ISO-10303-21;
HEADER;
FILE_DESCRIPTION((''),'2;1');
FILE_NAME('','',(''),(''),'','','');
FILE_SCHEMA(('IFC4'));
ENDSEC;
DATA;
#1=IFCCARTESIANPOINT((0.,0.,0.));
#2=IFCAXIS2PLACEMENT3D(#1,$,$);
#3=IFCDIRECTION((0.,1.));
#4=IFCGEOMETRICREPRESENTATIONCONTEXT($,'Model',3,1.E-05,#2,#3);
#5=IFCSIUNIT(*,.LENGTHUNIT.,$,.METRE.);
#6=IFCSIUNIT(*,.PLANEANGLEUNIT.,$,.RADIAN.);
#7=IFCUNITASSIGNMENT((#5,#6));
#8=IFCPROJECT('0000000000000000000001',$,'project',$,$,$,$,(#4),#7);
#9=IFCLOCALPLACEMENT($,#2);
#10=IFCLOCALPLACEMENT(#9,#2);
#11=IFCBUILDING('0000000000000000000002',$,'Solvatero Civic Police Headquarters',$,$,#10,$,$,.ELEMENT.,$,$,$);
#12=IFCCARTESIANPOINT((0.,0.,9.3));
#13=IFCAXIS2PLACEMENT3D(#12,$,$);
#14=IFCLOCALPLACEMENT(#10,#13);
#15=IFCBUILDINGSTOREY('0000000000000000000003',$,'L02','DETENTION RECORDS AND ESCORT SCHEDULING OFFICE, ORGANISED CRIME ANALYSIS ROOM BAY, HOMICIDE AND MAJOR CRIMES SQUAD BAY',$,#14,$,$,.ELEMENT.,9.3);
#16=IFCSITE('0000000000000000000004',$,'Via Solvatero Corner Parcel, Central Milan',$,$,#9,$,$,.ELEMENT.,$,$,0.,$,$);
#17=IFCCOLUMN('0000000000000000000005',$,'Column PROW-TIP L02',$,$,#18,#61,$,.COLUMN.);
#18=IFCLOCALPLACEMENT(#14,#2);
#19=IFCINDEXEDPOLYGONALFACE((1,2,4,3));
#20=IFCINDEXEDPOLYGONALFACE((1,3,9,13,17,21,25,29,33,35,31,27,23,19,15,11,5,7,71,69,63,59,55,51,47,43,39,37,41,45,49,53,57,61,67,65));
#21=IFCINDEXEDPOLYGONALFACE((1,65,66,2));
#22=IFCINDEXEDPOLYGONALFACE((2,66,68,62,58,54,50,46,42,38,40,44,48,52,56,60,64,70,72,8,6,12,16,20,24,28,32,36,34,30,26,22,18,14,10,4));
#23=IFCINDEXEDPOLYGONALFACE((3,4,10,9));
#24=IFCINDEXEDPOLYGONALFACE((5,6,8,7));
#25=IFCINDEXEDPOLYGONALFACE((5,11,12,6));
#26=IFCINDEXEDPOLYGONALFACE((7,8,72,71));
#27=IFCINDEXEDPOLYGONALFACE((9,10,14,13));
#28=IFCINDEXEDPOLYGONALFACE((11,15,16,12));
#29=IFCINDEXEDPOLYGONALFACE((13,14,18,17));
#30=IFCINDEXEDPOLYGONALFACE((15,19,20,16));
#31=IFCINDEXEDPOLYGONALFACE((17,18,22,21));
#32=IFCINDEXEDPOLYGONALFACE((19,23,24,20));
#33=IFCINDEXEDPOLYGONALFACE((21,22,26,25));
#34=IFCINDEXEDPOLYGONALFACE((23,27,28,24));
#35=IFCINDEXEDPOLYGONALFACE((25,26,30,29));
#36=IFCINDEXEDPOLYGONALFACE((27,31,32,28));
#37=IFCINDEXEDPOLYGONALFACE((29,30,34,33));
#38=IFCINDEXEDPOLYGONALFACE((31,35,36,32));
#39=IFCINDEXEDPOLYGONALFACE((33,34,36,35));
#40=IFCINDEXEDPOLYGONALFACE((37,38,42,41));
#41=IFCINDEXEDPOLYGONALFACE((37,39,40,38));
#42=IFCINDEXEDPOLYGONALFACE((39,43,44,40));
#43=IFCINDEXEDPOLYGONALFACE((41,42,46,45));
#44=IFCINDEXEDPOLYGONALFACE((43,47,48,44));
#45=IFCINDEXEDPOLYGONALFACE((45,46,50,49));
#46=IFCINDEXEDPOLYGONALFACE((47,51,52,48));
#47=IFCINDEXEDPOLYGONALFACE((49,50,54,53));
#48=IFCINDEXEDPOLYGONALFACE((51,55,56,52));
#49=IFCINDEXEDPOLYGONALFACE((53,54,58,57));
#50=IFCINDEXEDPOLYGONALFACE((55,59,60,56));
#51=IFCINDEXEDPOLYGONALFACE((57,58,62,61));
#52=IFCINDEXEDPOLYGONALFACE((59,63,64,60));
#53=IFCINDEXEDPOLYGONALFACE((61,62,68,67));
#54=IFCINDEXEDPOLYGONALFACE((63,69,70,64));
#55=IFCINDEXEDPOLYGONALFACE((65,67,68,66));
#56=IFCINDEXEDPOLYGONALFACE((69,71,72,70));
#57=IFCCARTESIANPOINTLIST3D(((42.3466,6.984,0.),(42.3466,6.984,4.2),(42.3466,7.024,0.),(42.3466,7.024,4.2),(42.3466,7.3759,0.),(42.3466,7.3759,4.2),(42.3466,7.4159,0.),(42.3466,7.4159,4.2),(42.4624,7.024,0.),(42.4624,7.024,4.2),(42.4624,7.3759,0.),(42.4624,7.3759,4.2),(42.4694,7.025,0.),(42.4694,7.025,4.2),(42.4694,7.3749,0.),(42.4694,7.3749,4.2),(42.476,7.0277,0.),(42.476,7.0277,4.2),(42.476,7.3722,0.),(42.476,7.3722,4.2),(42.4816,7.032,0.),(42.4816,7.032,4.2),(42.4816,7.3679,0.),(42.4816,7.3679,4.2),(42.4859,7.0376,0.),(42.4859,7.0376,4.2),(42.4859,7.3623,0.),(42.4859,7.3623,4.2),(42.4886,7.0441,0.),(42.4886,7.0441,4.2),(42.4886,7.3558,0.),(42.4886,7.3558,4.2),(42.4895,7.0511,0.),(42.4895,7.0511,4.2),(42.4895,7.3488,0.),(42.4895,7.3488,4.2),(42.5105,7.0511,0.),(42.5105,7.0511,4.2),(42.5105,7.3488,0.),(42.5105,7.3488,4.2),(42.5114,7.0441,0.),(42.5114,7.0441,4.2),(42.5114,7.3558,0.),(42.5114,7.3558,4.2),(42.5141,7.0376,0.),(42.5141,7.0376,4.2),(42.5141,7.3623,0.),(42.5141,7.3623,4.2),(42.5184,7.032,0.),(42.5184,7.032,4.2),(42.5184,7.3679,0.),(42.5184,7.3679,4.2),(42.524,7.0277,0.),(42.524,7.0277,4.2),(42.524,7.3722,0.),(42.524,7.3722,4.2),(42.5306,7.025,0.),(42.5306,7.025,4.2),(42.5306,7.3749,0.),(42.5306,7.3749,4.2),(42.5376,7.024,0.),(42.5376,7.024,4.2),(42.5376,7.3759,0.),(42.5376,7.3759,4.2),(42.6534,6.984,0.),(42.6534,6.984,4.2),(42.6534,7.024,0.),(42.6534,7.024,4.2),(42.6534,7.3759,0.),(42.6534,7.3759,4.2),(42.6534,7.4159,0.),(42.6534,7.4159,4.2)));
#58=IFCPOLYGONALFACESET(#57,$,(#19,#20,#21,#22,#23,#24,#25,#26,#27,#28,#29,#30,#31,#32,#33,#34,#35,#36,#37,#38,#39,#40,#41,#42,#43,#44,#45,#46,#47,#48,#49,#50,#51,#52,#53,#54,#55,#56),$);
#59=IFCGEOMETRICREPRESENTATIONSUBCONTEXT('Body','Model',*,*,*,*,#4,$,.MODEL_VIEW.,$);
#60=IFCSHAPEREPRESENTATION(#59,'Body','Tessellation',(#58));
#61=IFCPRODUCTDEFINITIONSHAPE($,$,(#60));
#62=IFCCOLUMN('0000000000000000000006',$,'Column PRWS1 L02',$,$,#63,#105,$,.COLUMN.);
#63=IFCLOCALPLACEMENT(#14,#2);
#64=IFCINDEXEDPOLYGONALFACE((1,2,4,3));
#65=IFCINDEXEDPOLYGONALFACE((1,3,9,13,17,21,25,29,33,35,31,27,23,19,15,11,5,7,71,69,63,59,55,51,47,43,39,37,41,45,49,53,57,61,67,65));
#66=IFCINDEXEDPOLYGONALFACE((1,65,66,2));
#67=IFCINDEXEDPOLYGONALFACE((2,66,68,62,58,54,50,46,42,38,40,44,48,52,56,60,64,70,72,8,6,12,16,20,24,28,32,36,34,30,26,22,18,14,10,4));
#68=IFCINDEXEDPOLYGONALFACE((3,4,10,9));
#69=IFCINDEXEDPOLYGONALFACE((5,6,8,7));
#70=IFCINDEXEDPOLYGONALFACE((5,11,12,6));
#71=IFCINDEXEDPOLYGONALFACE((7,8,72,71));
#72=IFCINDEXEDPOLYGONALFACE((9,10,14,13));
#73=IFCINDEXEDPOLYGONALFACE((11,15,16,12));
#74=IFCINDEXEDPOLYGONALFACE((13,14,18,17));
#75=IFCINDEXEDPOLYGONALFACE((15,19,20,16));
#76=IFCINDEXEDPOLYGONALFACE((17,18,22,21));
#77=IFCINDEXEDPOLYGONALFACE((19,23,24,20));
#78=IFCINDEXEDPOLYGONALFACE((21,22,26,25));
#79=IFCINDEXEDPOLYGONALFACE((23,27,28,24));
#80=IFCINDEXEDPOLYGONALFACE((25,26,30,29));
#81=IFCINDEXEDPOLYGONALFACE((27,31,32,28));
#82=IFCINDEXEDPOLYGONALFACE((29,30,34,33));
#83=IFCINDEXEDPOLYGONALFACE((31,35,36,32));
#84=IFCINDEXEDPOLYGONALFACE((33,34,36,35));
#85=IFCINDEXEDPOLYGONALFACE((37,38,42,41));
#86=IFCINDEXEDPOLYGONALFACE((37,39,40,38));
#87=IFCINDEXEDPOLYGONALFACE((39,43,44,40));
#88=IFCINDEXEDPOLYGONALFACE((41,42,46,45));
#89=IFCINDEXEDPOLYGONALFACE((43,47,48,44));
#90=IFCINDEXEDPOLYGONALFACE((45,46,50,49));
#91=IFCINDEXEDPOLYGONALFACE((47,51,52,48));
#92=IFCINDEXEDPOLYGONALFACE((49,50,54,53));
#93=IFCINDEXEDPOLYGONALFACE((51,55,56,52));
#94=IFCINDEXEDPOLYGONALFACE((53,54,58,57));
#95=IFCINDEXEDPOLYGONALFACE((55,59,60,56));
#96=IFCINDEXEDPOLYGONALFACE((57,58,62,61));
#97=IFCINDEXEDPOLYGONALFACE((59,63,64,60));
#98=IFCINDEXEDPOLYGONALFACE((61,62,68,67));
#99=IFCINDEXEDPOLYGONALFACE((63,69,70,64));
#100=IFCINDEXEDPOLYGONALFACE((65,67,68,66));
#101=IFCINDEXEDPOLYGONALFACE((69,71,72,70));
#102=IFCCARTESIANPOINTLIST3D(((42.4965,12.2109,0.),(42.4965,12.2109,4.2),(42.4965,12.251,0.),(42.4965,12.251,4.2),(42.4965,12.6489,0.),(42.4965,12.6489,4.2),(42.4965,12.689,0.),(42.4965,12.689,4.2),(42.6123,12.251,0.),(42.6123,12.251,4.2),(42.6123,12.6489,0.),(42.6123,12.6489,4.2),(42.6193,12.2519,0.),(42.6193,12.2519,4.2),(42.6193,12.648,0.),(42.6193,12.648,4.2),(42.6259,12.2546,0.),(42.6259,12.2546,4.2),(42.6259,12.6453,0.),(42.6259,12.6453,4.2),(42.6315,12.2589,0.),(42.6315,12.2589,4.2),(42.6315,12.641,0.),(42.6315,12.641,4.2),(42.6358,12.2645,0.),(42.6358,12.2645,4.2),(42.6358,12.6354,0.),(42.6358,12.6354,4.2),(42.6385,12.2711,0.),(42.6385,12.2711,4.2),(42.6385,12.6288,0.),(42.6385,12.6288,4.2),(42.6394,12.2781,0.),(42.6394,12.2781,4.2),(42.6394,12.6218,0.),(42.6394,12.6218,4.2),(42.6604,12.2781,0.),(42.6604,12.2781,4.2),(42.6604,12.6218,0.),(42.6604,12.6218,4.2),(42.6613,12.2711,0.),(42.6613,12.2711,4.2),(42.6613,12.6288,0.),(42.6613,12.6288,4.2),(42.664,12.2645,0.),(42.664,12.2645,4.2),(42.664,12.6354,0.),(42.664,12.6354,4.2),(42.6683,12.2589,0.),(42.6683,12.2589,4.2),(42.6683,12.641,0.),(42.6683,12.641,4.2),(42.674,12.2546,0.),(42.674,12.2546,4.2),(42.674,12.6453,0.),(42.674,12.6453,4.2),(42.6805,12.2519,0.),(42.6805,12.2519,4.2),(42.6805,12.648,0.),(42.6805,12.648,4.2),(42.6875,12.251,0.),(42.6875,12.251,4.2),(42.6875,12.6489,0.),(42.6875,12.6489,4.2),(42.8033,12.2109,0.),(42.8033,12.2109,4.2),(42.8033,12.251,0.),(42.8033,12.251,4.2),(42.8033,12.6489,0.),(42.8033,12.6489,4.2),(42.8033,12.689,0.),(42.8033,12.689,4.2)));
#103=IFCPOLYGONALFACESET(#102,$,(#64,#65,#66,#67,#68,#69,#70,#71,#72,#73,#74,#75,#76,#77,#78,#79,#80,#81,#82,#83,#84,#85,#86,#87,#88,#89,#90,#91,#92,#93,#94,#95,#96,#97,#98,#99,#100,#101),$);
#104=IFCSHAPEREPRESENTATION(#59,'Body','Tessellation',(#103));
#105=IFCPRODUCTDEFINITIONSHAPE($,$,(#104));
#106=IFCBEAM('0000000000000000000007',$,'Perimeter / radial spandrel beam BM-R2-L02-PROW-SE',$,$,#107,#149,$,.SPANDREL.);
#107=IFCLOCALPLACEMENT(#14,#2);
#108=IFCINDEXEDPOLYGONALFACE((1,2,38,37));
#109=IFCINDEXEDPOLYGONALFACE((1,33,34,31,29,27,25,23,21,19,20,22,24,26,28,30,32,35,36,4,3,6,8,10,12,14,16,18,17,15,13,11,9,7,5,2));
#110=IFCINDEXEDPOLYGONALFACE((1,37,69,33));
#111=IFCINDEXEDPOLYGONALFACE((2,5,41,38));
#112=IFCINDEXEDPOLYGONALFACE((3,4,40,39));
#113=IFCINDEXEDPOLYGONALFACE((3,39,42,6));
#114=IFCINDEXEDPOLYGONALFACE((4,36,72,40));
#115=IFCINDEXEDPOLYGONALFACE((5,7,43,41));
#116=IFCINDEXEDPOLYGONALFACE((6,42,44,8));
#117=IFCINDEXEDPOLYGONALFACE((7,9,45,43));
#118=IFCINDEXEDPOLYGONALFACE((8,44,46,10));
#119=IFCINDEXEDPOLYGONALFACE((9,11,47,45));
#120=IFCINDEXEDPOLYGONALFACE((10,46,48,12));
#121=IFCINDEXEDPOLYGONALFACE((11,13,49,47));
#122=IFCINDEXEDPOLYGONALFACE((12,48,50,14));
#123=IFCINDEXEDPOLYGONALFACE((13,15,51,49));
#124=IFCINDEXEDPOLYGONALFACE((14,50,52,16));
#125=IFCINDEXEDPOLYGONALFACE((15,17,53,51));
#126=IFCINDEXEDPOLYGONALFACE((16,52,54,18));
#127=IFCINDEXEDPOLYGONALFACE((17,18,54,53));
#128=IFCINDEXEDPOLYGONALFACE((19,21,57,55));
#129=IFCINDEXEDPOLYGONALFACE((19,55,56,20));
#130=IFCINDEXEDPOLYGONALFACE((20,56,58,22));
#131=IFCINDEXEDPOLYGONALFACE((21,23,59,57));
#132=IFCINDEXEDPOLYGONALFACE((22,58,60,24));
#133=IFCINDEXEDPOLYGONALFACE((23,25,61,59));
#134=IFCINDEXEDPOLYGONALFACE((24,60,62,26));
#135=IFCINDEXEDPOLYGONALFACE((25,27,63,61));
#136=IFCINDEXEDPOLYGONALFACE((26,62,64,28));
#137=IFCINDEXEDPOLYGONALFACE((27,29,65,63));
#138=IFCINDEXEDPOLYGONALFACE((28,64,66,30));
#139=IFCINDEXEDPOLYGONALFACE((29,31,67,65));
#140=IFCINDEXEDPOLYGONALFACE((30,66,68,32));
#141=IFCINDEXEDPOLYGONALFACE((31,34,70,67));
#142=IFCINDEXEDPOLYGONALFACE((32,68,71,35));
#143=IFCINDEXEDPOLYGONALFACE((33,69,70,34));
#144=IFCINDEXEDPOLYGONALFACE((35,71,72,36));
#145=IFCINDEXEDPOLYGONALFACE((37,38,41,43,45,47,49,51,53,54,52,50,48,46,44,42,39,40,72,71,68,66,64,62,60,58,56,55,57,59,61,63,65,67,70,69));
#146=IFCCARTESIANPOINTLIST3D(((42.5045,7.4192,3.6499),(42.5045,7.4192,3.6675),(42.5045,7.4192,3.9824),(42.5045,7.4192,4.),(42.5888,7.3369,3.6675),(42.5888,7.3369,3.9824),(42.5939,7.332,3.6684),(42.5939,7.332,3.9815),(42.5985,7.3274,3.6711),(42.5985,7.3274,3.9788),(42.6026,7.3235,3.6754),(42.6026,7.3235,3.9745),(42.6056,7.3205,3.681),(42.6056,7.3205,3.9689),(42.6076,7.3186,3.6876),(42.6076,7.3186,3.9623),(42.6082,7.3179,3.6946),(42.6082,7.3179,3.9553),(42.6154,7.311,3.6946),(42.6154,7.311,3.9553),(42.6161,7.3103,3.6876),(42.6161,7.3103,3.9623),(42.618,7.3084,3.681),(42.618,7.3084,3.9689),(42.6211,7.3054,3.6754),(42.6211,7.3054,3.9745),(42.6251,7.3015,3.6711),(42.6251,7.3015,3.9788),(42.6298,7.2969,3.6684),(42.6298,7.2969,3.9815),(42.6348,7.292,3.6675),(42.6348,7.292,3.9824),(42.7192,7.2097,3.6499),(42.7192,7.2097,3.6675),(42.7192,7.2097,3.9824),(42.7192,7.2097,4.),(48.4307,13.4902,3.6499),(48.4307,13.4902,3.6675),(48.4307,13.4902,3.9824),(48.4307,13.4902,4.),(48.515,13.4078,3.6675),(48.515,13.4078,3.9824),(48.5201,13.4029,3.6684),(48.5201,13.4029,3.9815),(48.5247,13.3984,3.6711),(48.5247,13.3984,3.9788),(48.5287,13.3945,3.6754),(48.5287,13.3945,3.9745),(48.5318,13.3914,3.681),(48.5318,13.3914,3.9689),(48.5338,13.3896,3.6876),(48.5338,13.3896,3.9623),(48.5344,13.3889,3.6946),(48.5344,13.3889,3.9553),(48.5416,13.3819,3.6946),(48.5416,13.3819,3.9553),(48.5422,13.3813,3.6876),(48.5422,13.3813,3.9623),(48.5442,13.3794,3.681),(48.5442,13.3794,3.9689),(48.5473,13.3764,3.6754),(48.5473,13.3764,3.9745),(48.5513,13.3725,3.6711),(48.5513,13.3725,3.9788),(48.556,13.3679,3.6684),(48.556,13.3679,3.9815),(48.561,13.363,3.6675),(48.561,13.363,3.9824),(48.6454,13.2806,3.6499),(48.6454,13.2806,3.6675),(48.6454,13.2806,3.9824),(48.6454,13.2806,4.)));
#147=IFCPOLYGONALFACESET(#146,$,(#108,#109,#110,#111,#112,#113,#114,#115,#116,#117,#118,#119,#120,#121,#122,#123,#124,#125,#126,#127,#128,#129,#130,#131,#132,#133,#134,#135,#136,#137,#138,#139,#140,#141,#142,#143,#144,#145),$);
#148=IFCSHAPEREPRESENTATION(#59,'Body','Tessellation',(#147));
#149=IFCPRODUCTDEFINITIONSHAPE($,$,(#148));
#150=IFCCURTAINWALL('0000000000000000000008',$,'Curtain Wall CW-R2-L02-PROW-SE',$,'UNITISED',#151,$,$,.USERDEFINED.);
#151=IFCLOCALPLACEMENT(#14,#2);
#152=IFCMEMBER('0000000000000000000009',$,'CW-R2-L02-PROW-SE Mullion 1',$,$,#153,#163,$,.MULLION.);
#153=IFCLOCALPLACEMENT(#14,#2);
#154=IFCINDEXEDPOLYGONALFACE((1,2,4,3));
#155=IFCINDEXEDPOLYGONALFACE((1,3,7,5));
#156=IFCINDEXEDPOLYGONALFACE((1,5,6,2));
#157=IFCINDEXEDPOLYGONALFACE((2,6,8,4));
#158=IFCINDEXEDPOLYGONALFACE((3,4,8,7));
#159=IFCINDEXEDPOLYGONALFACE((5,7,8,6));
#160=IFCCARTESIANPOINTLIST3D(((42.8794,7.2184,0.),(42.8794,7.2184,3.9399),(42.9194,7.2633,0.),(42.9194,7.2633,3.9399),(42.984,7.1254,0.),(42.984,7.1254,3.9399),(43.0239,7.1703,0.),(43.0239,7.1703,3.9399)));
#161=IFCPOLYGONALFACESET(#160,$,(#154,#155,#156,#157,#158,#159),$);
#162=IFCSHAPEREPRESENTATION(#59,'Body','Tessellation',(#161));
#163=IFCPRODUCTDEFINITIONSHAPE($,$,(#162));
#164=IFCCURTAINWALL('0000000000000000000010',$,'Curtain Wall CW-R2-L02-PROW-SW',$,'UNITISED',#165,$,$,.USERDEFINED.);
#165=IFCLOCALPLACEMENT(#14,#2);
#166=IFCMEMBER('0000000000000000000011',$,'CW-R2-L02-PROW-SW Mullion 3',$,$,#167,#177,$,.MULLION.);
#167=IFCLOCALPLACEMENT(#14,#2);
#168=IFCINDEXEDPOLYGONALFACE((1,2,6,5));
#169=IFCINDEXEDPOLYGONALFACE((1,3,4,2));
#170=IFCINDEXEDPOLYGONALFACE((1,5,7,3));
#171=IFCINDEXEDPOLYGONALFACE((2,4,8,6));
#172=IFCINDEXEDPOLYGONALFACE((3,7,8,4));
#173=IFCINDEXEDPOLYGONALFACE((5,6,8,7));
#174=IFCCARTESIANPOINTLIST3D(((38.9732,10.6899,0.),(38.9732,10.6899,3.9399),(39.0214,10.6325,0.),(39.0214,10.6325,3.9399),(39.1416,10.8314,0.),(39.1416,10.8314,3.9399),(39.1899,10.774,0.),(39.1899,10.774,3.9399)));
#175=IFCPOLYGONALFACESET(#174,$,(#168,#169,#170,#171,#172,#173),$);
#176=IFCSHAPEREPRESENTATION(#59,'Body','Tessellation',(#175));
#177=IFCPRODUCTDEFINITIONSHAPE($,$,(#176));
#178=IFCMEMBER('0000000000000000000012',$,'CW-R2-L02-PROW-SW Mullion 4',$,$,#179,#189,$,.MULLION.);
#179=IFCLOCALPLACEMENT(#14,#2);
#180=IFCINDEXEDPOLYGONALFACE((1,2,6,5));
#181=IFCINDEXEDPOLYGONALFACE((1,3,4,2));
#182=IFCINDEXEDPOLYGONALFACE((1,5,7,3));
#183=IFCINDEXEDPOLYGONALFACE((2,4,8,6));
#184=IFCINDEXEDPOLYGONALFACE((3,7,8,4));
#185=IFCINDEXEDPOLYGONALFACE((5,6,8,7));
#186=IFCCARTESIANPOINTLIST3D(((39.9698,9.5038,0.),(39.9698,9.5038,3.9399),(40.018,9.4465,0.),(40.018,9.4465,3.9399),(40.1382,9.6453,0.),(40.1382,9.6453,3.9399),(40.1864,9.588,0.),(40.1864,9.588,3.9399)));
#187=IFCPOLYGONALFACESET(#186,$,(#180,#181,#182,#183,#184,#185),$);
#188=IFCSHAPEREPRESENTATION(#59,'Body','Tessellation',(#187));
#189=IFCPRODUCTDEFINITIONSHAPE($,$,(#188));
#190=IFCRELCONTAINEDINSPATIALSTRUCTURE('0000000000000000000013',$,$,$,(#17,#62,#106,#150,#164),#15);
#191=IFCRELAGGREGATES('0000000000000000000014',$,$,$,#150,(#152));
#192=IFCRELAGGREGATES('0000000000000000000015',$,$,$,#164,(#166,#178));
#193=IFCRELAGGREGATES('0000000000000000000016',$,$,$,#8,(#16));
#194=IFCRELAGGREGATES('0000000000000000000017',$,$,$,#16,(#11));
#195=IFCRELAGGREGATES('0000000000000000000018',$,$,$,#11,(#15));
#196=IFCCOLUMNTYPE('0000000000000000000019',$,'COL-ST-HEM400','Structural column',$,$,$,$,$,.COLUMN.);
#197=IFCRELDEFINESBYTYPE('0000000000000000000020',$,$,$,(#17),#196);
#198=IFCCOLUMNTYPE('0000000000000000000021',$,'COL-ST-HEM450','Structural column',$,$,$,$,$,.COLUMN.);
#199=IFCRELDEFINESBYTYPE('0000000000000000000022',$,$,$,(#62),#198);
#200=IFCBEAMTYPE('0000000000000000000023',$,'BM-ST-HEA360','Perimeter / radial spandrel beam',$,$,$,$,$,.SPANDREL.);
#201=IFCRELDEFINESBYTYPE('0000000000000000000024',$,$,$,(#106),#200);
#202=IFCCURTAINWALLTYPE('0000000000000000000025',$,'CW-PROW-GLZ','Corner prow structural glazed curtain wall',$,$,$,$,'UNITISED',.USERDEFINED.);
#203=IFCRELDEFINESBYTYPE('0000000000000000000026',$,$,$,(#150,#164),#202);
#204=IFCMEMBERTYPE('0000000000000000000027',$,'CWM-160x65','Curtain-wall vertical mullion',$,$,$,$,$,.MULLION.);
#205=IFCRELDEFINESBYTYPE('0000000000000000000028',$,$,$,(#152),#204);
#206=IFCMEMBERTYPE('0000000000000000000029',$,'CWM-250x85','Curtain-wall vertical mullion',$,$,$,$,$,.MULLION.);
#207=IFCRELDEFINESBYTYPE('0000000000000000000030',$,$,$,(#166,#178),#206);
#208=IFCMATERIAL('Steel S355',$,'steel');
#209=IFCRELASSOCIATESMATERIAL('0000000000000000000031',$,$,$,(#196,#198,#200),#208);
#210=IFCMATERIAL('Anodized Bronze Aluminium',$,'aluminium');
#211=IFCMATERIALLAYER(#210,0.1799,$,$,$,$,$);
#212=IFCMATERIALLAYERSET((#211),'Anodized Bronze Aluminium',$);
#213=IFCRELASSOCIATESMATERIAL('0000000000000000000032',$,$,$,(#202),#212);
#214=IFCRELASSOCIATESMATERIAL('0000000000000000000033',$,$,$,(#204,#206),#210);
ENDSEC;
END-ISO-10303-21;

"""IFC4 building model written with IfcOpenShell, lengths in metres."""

from ifc_helpers import new_model, si_unit, direction, frame, origin, origin_2d, place, context, subcontext, project, spatial, rectangle, i_section, extrude, material, layer, layer_set, material_profile, profile_set, type_object, element, aggregate, save


model = new_model("IFC4")

# Units and contexts
model_context = context("Model", 3, precision=1e-05, world=origin(), true_north=direction((0.0, 1.0)))
body_context = subcontext(model_context, "Body", "Model", "MODEL_VIEW")
ifc_project = project(units=[si_unit("LENGTHUNIT", "METRE"), si_unit("PLANEANGLEUNIT", "RADIAN")], contexts=[model_context])

# Site, building, storey
site_placement = place(None, origin())
site = spatial("IfcSite", under=ifc_project, at=site_placement, Name="Via Solvatero Corner Parcel, Central Milan", CompositionType="ELEMENT", RefElevation=0.0)
building_placement = place(site_placement, origin())
building = spatial("IfcBuilding", under=site, at=building_placement, Name="Solvatero Civic Police Headquarters", CompositionType="ELEMENT")
storey_placement = place(building_placement, frame((0.0, 0.0, 9.3)))
storey = spatial("IfcBuildingStorey", under=building, at=storey_placement, Name="L02", Description="DETENTION RECORDS AND ESCORT SCHEDULING OFFICE, ORGANISED CRIME ANALYSIS ROOM BAY, HOMICIDE AND MAJOR CRIMES SQUAD BAY", CompositionType="ELEMENT", Elevation=9.3)

# Columns
ifc_material_1 = material(Name="Steel S355", Category="steel")
ifc_material_profile_1 = material_profile(ifc_material_1, i_section(OverallWidth=0.3069, OverallDepth=0.4319, WebThickness=0.021, FlangeThickness=0.04, FilletRadius=0.0271, at=origin_2d()), Name="HEM 400")
ifc_profile_set_1 = profile_set([ifc_material_profile_1], Name="Steel S355")
column_type_1 = type_object("IfcColumnType", Name="COL-ST-HEM400", Description="Structural column", PredefinedType="COLUMN", material=ifc_profile_set_1)
column_1_placement = place(storey_placement, frame((42.5, 7.2, 0.0), z_axis=(0.0, 0.0, 1.0), x_axis=(1.0, 0.0, 0.0)))
element("IfcColumn", 1, at=column_1_placement, inside=storey, type_object=column_type_1, Name="Column PROW-TIP L02", PredefinedType="COLUMN", context=body_context, shape_type="SweptSolid", body=[
    extrude(i_section(OverallWidth=0.3069, OverallDepth=0.4319, WebThickness=0.021, FlangeThickness=0.04, FilletRadius=0.0271, at=origin_2d()), origin(), (0.0, 0.0, 1.0), 4.2),
])
ifc_material_profile_2 = material_profile(ifc_material_1, i_section(OverallWidth=0.3069, OverallDepth=0.478, WebThickness=0.021, FlangeThickness=0.04, FilletRadius=0.0271, at=origin_2d()), Name="HEM 450")
ifc_profile_set_2 = profile_set([ifc_material_profile_2], Name="Steel S355")
column_type_2 = type_object("IfcColumnType", Name="COL-ST-HEM450", Description="Structural column", PredefinedType="COLUMN", material=ifc_profile_set_2)
column_2_placement = place(storey_placement, frame((42.6499, 12.45, 0.0), z_axis=(0.0, 0.0, 1.0), x_axis=(1.0, 0.0, 0.0)))
element("IfcColumn", 2, at=column_2_placement, inside=storey, type_object=column_type_2, Name="Column PRWS1 L02", PredefinedType="COLUMN", context=body_context, shape_type="SweptSolid", body=[
    extrude(i_section(OverallWidth=0.3069, OverallDepth=0.478, WebThickness=0.021, FlangeThickness=0.04, FilletRadius=0.0271, at=origin_2d()), origin(), (0.0, 0.0, 1.0), 4.2),
])

# Beam
ifc_material_profile_3 = material_profile(ifc_material_1, i_section(OverallWidth=0.3, OverallDepth=0.3501, WebThickness=0.01, FlangeThickness=0.0176, FilletRadius=0.0271, at=origin_2d()), Name="HEA 360")
ifc_profile_set_3 = profile_set([ifc_material_profile_3], Name="Steel S355")
beam_type = type_object("IfcBeamType", Name="BM-ST-HEA360", Description="Perimeter / radial spandrel beam", PredefinedType="SPANDREL", material=ifc_profile_set_3)
beam_placement = place(storey_placement, frame((42.6118, 7.3145, 3.825), z_axis=(0.698523, 0.715588, 0.0), x_axis=(-0.715588, 0.698523, 0.0)))
element("IfcBeam", 3, at=beam_placement, inside=storey, type_object=beam_type, Name="Perimeter / radial spandrel beam BM-R2-L02-PROW-SE", PredefinedType="SPANDREL", context=body_context, shape_type="SweptSolid", body=[
    extrude(i_section(OverallWidth=0.3, OverallDepth=0.3501, WebThickness=0.01, FlangeThickness=0.0176, FilletRadius=0.0271, at=origin_2d()), origin(), (0.0, 0.0, 1.0), 8.4839),
])

# Curtain wall, member
ifc_material_2 = material(Name="Anodized Bronze Aluminium", Category="aluminium")
ifc_layer_1 = layer(ifc_material_2, 0.1799)
ifc_layer_set_1 = layer_set([ifc_layer_1], Name="Anodized Bronze Aluminium")
curtain_wall_type = type_object("IfcCurtainWallType", Name="CW-PROW-GLZ", Description="Corner prow structural glazed curtain wall", ElementType="UNITISED", PredefinedType="USERDEFINED", material=ifc_layer_set_1)
curtain_wall_1_placement = place(storey_placement, origin())
curtain_wall_1 = element("IfcCurtainWall", 4, at=curtain_wall_1_placement, inside=storey, type_object=curtain_wall_type, Name="Curtain Wall CW-R2-L02-PROW-SE", ObjectType="UNITISED", PredefinedType="USERDEFINED")
ifc_material_profile_4 = material_profile(ifc_material_2, rectangle(XDim=0.0601, YDim=0.1399, at=origin_2d()), Name="ALU MULLION 60x140")
ifc_profile_set_4 = profile_set([ifc_material_profile_4], Name="Anodized Bronze Aluminium")
member_type_1 = type_object("IfcMemberType", Name="CWM-160x65", Description="Curtain-wall vertical mullion", PredefinedType="MULLION", material=ifc_profile_set_4)
member_1_placement = place(storey_placement, frame((42.9517, 7.1943, 0.0), z_axis=(0.0, 0.0, 1.0), x_axis=(0.66467, 0.747137, 0.0)))
member_1 = element("IfcMember", 5, at=member_1_placement, type_object=member_type_1, Name="CW-R2-L02-PROW-SE Mullion 1", PredefinedType="MULLION", context=body_context, shape_type="SweptSolid", body=[
    extrude(rectangle(XDim=0.0601, YDim=0.1399, at=origin_2d()), origin(), (0.0, 0.0, 1.0), 3.9399),
])

# Curtain wall, members
curtain_wall_2_placement = place(storey_placement, origin())
curtain_wall_2 = element("IfcCurtainWall", 6, at=curtain_wall_2_placement, inside=storey, type_object=curtain_wall_type, Name="Curtain Wall CW-R2-L02-PROW-SW", ObjectType="UNITISED", PredefinedType="USERDEFINED")
ifc_material_profile_5 = material_profile(ifc_material_2, rectangle(XDim=0.075, YDim=0.22, at=origin_2d()), Name="ALU MULLION 75x220")
ifc_profile_set_5 = profile_set([ifc_material_profile_5], Name="Anodized Bronze Aluminium")
member_type_2 = type_object("IfcMemberType", Name="CWM-250x85", Description="Curtain-wall vertical mullion", PredefinedType="MULLION", material=ifc_profile_set_5)
member_2_placement = place(storey_placement, frame((39.0815, 10.7319, 0.0), z_axis=(0.0, 0.0, 1.0), x_axis=(0.643282, -0.765629, 0.0)))
member_2 = element("IfcMember", 7, at=member_2_placement, type_object=member_type_2, Name="CW-R2-L02-PROW-SW Mullion 3", PredefinedType="MULLION", context=body_context, shape_type="SweptSolid", body=[
    extrude(rectangle(XDim=0.075, YDim=0.22, at=origin_2d()), origin(), (0.0, 0.0, 1.0), 3.9399),
])
member_3_placement = place(storey_placement, frame((40.0781, 9.5459, 0.0), z_axis=(0.0, 0.0, 1.0), x_axis=(0.643282, -0.765629, 0.0)))
member_3 = element("IfcMember", 8, at=member_3_placement, type_object=member_type_2, Name="CW-R2-L02-PROW-SW Mullion 4", PredefinedType="MULLION", context=body_context, shape_type="SweptSolid", body=[
    extrude(rectangle(XDim=0.075, YDim=0.22, at=origin_2d()), origin(), (0.0, 0.0, 1.0), 3.9399),
])

aggregate(curtain_wall_1, [member_1])

aggregate(curtain_wall_2, [member_2, member_3])

save(model, "model.ifc")
